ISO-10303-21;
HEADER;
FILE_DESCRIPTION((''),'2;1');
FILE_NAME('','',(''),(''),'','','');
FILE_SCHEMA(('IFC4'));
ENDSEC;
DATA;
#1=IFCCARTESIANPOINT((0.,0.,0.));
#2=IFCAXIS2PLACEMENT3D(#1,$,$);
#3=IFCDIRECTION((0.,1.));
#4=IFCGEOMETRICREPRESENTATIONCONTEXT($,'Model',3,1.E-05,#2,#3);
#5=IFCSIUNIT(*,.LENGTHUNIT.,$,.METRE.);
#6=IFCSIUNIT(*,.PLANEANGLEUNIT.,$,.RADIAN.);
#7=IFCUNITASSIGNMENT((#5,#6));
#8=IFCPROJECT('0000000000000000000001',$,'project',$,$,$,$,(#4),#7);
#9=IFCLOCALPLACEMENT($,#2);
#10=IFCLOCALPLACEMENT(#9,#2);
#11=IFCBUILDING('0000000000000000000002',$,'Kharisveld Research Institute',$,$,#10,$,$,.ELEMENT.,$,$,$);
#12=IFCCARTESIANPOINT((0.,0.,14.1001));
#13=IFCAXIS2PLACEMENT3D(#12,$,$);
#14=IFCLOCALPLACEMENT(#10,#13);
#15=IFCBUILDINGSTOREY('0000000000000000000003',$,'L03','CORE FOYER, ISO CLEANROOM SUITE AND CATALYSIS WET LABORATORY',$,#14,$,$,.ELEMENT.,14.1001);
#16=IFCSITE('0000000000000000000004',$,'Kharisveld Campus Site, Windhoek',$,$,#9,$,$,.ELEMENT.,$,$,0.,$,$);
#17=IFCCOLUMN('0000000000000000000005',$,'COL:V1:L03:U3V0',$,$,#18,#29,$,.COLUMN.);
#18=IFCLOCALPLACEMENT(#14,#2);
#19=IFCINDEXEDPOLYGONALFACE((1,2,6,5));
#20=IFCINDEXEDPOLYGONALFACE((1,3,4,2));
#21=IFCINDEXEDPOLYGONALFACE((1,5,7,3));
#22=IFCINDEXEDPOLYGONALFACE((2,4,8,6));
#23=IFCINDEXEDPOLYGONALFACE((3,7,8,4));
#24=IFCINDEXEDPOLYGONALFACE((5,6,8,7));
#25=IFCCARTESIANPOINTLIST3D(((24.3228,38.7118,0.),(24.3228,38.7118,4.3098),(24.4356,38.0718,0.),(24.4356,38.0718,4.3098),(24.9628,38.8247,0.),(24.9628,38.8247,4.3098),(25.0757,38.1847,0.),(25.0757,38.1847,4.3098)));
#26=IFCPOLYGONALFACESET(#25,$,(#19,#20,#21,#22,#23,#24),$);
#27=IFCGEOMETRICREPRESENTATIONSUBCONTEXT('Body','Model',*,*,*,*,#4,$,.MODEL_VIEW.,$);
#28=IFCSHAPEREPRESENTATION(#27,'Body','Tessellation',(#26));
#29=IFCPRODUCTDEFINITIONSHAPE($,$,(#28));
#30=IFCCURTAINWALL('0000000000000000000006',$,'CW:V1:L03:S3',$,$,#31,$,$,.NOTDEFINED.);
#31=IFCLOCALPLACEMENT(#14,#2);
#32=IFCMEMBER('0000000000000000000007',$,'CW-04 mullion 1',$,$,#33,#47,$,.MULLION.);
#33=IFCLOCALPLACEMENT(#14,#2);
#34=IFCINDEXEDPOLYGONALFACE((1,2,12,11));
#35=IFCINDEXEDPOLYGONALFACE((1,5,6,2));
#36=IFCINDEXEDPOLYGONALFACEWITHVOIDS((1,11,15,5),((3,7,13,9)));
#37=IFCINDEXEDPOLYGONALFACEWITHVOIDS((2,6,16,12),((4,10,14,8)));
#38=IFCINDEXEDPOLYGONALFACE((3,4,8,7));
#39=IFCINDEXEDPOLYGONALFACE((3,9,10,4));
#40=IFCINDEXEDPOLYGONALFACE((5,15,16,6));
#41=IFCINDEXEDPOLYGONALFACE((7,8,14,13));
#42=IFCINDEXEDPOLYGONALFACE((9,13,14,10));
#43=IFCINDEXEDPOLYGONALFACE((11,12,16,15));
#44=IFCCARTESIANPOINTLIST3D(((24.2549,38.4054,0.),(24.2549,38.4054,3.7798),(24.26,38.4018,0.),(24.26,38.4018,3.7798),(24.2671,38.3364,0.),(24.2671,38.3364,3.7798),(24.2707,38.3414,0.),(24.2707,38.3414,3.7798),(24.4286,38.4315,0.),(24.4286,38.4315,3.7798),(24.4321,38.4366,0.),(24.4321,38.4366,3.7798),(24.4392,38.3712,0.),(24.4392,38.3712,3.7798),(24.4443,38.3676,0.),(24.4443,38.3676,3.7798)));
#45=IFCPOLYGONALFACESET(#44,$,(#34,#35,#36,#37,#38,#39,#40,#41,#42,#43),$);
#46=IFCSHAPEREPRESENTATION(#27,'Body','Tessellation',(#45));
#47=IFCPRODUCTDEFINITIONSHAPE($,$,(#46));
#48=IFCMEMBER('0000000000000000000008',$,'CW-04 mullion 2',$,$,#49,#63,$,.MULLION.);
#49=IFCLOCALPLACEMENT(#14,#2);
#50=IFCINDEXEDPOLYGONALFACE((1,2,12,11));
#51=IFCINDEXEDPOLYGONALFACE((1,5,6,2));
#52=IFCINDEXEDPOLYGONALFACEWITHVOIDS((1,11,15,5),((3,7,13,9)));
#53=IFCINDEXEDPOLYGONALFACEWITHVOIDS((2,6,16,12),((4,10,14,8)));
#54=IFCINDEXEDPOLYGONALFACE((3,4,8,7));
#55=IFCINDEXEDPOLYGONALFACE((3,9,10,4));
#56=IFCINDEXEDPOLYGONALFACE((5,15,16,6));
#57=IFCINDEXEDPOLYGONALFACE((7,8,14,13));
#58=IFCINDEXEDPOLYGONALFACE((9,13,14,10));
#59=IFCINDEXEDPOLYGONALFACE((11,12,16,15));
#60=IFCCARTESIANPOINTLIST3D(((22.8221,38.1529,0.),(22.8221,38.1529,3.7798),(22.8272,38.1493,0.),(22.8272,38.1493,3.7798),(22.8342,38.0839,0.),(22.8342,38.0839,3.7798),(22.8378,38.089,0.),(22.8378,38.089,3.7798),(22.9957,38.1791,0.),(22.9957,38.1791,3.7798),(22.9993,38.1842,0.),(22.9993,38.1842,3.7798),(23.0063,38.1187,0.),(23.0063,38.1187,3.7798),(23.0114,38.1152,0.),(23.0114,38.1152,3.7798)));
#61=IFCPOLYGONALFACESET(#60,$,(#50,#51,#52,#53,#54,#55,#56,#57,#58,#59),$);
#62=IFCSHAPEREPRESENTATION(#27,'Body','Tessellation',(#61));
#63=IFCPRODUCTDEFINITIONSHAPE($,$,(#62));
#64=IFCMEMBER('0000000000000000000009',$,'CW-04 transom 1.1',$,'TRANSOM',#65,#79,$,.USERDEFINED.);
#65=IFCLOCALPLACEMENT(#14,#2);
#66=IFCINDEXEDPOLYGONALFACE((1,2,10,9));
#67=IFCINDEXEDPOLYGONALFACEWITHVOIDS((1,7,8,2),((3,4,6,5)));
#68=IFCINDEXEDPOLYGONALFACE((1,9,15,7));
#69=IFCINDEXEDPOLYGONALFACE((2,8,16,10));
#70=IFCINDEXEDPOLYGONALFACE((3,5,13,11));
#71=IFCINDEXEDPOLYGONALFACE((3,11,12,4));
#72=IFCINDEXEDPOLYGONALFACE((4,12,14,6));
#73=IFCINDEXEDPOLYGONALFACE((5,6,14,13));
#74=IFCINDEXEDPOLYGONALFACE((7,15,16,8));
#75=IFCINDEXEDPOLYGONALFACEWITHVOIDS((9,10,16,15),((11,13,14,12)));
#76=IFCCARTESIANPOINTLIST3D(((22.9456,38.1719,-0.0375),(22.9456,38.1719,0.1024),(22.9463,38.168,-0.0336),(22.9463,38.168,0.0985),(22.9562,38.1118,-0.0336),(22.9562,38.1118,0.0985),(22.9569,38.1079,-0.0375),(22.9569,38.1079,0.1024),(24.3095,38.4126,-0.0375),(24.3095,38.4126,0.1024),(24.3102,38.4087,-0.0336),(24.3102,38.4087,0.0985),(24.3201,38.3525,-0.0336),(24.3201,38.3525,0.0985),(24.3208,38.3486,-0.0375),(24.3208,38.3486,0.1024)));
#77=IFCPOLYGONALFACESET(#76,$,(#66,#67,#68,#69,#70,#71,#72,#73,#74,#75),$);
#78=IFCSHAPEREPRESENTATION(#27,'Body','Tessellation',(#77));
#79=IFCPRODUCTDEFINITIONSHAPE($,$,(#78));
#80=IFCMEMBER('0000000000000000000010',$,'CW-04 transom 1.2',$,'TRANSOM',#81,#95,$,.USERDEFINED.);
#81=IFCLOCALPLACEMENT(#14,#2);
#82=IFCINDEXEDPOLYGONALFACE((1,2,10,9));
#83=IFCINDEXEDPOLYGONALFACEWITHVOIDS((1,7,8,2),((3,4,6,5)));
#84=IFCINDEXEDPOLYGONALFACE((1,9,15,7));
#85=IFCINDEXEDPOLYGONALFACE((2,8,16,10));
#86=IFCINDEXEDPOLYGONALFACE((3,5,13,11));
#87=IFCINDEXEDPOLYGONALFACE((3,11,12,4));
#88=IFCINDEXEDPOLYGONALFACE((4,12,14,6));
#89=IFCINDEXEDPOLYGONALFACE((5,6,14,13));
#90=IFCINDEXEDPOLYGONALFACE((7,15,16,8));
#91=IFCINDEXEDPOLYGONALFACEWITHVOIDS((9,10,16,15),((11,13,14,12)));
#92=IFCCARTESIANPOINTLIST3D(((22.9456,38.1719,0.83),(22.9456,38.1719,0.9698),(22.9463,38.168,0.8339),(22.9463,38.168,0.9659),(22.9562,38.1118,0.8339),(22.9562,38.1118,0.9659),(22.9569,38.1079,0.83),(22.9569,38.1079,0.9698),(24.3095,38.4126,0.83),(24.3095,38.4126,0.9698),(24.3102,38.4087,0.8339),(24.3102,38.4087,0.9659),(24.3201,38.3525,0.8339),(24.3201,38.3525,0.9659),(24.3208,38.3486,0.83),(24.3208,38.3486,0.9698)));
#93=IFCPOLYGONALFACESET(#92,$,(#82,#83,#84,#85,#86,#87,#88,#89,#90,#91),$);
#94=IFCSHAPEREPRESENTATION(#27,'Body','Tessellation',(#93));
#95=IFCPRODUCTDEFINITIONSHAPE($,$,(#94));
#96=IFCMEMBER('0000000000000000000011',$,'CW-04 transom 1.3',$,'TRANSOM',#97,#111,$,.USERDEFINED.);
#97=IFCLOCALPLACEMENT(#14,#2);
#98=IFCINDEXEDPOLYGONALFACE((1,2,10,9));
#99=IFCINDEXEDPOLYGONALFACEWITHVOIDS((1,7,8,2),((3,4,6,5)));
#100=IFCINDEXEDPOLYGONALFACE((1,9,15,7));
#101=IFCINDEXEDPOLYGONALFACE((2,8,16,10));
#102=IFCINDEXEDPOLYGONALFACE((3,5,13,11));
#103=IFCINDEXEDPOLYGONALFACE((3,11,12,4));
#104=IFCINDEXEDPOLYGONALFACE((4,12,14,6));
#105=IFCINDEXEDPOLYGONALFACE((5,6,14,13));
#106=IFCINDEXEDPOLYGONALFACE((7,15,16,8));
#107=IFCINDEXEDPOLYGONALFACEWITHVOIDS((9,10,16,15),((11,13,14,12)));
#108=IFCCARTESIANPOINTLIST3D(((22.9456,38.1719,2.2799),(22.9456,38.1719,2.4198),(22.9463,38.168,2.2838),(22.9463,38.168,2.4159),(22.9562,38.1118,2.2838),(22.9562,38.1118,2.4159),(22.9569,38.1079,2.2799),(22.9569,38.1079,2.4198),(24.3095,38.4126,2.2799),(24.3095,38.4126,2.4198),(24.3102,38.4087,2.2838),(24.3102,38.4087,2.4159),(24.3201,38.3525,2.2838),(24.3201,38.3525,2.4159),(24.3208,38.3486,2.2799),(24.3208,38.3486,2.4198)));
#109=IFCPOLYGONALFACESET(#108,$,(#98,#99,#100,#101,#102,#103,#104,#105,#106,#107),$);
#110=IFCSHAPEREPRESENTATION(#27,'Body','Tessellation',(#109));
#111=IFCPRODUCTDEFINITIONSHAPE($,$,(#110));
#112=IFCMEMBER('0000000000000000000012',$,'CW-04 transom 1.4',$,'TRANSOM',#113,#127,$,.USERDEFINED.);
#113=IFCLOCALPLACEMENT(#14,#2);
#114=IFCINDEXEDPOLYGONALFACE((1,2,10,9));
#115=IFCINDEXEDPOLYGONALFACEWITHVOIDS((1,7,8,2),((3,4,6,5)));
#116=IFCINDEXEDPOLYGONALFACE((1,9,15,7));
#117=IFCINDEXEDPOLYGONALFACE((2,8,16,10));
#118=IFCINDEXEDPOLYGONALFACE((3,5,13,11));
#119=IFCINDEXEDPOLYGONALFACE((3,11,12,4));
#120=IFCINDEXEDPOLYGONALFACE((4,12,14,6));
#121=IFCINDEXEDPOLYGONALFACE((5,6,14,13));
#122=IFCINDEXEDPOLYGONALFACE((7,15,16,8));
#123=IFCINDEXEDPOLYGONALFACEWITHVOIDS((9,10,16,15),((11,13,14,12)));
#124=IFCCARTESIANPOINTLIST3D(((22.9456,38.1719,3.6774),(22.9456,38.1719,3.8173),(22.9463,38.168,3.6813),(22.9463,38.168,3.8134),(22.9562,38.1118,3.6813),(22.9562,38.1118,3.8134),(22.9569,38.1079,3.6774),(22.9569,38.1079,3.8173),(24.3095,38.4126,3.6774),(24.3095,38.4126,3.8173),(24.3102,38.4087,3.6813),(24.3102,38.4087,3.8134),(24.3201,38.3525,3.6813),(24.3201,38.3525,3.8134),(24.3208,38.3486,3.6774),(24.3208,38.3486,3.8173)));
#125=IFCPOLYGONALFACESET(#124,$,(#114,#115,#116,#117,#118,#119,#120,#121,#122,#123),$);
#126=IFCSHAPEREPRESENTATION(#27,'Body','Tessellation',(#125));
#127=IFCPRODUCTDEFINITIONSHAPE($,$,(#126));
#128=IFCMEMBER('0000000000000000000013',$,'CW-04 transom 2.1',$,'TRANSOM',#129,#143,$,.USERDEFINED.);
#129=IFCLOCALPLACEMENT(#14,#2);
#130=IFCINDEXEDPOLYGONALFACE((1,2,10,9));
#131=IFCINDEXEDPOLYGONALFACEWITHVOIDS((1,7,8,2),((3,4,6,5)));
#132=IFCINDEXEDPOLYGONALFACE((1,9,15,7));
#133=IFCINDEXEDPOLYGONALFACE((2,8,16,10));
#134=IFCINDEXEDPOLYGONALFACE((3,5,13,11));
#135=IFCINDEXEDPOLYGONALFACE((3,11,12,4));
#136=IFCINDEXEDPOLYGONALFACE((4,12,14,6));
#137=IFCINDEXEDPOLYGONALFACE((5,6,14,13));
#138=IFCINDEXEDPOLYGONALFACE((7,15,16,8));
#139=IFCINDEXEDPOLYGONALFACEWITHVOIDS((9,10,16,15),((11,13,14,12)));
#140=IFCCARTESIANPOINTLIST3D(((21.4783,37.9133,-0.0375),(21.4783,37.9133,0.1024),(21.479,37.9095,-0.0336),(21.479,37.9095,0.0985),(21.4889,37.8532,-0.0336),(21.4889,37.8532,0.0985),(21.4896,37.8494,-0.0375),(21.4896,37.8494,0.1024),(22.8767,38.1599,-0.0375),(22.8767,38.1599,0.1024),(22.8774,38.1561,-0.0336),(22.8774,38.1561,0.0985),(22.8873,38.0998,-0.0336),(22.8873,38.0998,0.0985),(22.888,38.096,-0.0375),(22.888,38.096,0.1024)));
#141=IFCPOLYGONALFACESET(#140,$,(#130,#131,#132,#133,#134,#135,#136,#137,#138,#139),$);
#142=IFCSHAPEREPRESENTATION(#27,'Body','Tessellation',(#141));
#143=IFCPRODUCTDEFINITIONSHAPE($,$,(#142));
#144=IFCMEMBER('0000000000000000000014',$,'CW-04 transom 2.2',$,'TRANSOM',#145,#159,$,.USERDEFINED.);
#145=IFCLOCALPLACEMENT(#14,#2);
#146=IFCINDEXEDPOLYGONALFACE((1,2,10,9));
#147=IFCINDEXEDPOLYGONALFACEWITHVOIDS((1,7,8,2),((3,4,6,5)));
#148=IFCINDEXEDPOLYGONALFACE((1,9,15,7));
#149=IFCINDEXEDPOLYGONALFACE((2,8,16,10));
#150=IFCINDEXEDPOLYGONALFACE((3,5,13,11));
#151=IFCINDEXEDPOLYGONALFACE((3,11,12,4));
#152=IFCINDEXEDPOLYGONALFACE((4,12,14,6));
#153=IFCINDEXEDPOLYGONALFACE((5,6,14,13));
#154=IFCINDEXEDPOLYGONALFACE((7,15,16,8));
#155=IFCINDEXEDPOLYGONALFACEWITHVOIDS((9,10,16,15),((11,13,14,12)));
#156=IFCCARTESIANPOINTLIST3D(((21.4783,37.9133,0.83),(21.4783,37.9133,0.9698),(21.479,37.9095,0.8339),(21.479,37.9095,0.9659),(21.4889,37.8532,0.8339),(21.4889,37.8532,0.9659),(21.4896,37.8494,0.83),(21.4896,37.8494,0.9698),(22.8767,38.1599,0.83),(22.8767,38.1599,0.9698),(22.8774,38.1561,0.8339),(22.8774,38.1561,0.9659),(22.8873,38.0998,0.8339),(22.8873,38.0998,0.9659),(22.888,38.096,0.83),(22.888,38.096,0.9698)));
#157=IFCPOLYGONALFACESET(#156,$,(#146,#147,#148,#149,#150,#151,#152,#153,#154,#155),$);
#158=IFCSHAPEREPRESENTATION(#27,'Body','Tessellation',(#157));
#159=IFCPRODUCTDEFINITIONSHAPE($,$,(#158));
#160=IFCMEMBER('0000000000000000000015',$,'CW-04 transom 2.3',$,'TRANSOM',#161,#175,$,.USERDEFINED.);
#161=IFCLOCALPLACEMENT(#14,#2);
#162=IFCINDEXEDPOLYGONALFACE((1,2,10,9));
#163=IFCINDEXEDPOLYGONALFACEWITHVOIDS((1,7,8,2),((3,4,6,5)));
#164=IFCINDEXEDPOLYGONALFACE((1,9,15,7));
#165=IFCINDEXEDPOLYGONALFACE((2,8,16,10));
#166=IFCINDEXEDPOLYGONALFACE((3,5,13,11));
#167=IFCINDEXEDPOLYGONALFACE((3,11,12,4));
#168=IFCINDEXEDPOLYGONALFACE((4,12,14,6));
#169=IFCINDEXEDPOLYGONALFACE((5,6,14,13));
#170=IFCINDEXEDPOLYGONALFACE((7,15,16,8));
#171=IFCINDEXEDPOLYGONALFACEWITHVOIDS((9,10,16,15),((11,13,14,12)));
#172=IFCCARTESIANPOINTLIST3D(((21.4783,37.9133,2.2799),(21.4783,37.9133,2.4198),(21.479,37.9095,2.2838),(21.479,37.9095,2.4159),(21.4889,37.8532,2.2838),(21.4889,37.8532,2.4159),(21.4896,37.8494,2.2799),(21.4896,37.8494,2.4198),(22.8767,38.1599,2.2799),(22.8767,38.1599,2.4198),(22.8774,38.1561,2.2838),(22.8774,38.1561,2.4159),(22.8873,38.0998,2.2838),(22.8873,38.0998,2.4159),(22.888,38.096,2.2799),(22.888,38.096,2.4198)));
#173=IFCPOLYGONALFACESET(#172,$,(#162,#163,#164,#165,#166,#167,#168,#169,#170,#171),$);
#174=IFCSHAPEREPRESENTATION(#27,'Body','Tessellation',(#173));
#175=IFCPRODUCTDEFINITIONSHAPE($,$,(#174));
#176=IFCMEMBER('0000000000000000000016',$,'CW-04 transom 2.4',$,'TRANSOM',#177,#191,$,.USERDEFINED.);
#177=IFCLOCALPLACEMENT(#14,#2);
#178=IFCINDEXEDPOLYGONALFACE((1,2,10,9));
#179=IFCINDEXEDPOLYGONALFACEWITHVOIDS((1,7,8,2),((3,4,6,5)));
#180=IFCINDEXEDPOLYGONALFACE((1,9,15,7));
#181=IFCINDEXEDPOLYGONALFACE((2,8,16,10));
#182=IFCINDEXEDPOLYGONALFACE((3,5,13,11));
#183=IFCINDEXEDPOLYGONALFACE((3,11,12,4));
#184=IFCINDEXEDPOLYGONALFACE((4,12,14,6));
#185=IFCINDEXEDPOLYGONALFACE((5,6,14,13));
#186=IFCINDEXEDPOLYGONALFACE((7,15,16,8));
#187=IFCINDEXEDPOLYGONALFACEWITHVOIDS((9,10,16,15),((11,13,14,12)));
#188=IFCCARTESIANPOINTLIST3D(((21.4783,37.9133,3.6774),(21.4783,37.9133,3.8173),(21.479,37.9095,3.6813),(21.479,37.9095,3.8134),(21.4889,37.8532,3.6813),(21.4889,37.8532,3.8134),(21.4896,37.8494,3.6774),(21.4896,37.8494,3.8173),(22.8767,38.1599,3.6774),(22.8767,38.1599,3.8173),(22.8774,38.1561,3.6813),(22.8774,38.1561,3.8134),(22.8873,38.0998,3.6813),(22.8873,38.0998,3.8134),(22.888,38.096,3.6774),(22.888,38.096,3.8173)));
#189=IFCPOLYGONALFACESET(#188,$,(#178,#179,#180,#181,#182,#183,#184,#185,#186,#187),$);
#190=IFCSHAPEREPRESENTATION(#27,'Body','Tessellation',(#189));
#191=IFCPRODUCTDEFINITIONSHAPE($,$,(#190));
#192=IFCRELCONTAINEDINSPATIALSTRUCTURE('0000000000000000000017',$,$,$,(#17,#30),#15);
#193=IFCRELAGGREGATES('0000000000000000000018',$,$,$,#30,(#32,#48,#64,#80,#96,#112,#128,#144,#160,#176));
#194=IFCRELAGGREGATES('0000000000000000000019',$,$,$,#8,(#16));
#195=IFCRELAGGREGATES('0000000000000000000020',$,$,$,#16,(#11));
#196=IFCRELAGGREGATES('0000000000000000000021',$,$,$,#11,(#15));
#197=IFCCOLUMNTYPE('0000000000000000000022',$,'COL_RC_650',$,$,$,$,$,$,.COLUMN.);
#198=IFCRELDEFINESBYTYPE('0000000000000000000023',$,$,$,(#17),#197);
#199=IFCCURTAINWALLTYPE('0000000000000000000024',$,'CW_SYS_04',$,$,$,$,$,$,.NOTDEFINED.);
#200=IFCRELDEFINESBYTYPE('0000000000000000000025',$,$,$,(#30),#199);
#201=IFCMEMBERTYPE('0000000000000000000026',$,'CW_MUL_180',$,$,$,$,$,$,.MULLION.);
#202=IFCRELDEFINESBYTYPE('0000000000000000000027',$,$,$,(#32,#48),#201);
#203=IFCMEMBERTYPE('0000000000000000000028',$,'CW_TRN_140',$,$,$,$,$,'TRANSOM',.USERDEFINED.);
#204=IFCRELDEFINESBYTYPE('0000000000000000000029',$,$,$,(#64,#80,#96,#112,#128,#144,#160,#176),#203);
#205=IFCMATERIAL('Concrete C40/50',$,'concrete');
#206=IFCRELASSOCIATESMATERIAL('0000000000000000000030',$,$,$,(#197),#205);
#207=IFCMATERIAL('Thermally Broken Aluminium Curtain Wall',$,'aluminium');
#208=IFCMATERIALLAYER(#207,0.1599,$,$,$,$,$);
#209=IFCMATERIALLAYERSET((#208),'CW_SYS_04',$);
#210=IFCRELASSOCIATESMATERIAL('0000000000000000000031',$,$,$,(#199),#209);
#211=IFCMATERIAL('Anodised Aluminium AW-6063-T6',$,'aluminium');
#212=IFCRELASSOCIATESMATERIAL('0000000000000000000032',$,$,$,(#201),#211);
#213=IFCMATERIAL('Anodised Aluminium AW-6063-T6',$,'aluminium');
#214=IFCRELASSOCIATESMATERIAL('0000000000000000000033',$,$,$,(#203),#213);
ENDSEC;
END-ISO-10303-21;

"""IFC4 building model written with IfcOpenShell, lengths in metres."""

from ifc_helpers import new_model, si_unit, direction, frame, origin, origin_2d, place, context, subcontext, project, spatial, rectangle, hollow_rectangle, extrude, material, layer, layer_set, material_profile, profile_set, type_object, element, aggregate, save


model = new_model("IFC4")

# Units and contexts
model_context = context("Model", 3, precision=1e-05, world=origin(), true_north=direction((0.0, 1.0)))
body_context = subcontext(model_context, "Body", "Model", "MODEL_VIEW")
ifc_project = project(units=[si_unit("LENGTHUNIT", "METRE"), si_unit("PLANEANGLEUNIT", "RADIAN")], contexts=[model_context])

# Site, building, storey
site_placement = place(None, origin())
site = spatial("IfcSite", under=ifc_project, at=site_placement, Name="Kharisveld Campus Site, Windhoek", CompositionType="ELEMENT", RefElevation=0.0)
building_placement = place(site_placement, origin())
building = spatial("IfcBuilding", under=site, at=building_placement, Name="Kharisveld Research Institute", CompositionType="ELEMENT")
storey_placement = place(building_placement, frame((0.0, 0.0, 14.1001)))
storey = spatial("IfcBuildingStorey", under=building, at=storey_placement, Name="L03", Description="CORE FOYER, ISO CLEANROOM SUITE AND CATALYSIS WET LABORATORY", CompositionType="ELEMENT", Elevation=14.1001)

# Column
ifc_material_1 = material(Name="Concrete C40/50", Category="concrete")
ifc_material_profile_1 = material_profile(ifc_material_1, rectangle(XDim=0.6499, YDim=0.6499, at=origin_2d()))
ifc_profile_set_1 = profile_set([ifc_material_profile_1], Name="Concrete C40/50")
column_type = type_object("IfcColumnType", Name="COL_RC_650", PredefinedType="COLUMN", material=ifc_profile_set_1)
column_placement = place(storey_placement, frame((24.6992, 38.4482, 0.0), z_axis=(0.0, 0.0, 1.0), x_axis=(0.984808, 0.173648, 0.0)))
element("IfcColumn", 1, at=column_placement, inside=storey, type_object=column_type, Name="COL:V1:L03:U3V0", PredefinedType="COLUMN", context=body_context, shape_type="SweptSolid", body=[
    extrude(rectangle(XDim=0.6499, YDim=0.6499, at=origin_2d()), origin(), (0.0, 0.0, 1.0), 4.3098),
])

# Curtain wall, members
ifc_material_2 = material(Name="Thermally Broken Aluminium Curtain Wall", Category="aluminium")
ifc_layer_1 = layer(ifc_material_2, 0.1599)
ifc_layer_set_1 = layer_set([ifc_layer_1], Name="CW_SYS_04")
curtain_wall_type = type_object("IfcCurtainWallType", Name="CW_SYS_04", PredefinedType="NOTDEFINED", material=ifc_layer_set_1)
curtain_wall_placement = place(storey_placement, origin())
curtain_wall = element("IfcCurtainWall", 2, at=curtain_wall_placement, inside=storey, type_object=curtain_wall_type, Name="CW:V1:L03:S3", PredefinedType="NOTDEFINED")
ifc_material_3 = material(Name="Anodised Aluminium AW-6063-T6", Category="aluminium")
ifc_material_profile_2 = material_profile(ifc_material_3, hollow_rectangle(XDim=0.0701, YDim=0.1799, WallThickness=0.0044, at=origin_2d()))
ifc_profile_set_2 = profile_set([ifc_material_profile_2], Name="Anodised Aluminium AW-6063-T6")
member_type_1 = type_object("IfcMemberType", Name="CW_MUL_180", PredefinedType="MULLION", material=ifc_profile_set_2)
member_1_placement = place(storey_placement, frame((24.3496, 38.3865, 0.0), z_axis=(0.0, 0.0, 1.0), x_axis=(0.173648, -0.984808, 0.0)))
member_1 = element("IfcMember", 3, at=member_1_placement, type_object=member_type_1, Name="CW-04 mullion 1", PredefinedType="MULLION", context=body_context, shape_type="SweptSolid", body=[
    extrude(hollow_rectangle(XDim=0.0701, YDim=0.1799, WallThickness=0.0044, at=origin_2d()), origin(), (0.0, 0.0, 1.0), 3.7798),
])
member_2_placement = place(storey_placement, frame((22.9167, 38.134, 0.0), z_axis=(0.0, 0.0, 1.0), x_axis=(0.173648, -0.984808, 0.0)))
member_2 = element("IfcMember", 4, at=member_2_placement, type_object=member_type_1, Name="CW-04 mullion 2", PredefinedType="MULLION", context=body_context, shape_type="SweptSolid", body=[
    extrude(hollow_rectangle(XDim=0.0701, YDim=0.1799, WallThickness=0.0044, at=origin_2d()), origin(), (0.0, 0.0, 1.0), 3.7798),
])
ifc_material_4 = material(Name="Anodised Aluminium AW-6063-T6", Category="aluminium")
ifc_material_profile_3 = material_profile(ifc_material_4, hollow_rectangle(XDim=0.0649, YDim=0.1399, WallThickness=0.0039, at=origin_2d()))
ifc_profile_set_3 = profile_set([ifc_material_profile_3], Name="Anodised Aluminium AW-6063-T6")
member_type_2 = type_object("IfcMemberType", Name="CW_TRN_140", ElementType="TRANSOM", PredefinedType="USERDEFINED", material=ifc_profile_set_3)
member_3_placement = place(storey_placement, frame((24.3152, 38.3806, 0.0325), z_axis=(-0.984782, -0.173795, 0.0), x_axis=(0.173795, -0.984782, 0.0)))
member_3 = element("IfcMember", 5, at=member_3_placement, type_object=member_type_2, Name="CW-04 transom 1.1", ObjectType="TRANSOM", PredefinedType="USERDEFINED", context=body_context, shape_type="SweptSolid", body=[
    extrude(hollow_rectangle(XDim=0.0649, YDim=0.1399, WallThickness=0.0039, at=origin_2d()), origin(), (0.0, 0.0, 1.0), 1.385),
])
member_4_placement = place(storey_placement, frame((24.3152, 38.3806, 0.8999), z_axis=(-0.984782, -0.173795, 0.0), x_axis=(0.173795, -0.984782, 0.0)))
member_4 = element("IfcMember", 6, at=member_4_placement, type_object=member_type_2, Name="CW-04 transom 1.2", ObjectType="TRANSOM", PredefinedType="USERDEFINED", context=body_context, shape_type="SweptSolid", body=[
    extrude(hollow_rectangle(XDim=0.0649, YDim=0.1399, WallThickness=0.0039, at=origin_2d()), origin(), (0.0, 0.0, 1.0), 1.385),
])
member_5_placement = place(storey_placement, frame((24.3152, 38.3806, 2.3499), z_axis=(-0.984782, -0.173795, 0.0), x_axis=(0.173795, -0.984782, 0.0)))
member_5 = element("IfcMember", 7, at=member_5_placement, type_object=member_type_2, Name="CW-04 transom 1.3", ObjectType="TRANSOM", PredefinedType="USERDEFINED", context=body_context, shape_type="SweptSolid", body=[
    extrude(hollow_rectangle(XDim=0.0649, YDim=0.1399, WallThickness=0.0039, at=origin_2d()), origin(), (0.0, 0.0, 1.0), 1.385),
])
member_6_placement = place(storey_placement, frame((24.3152, 38.3806, 3.7473), z_axis=(-0.984782, -0.173795, 0.0), x_axis=(0.173795, -0.984782, 0.0)))
member_6 = element("IfcMember", 8, at=member_6_placement, type_object=member_type_2, Name="CW-04 transom 1.4", ObjectType="TRANSOM", PredefinedType="USERDEFINED", context=body_context, shape_type="SweptSolid", body=[
    extrude(hollow_rectangle(XDim=0.0649, YDim=0.1399, WallThickness=0.0039, at=origin_2d()), origin(), (0.0, 0.0, 1.0), 1.385),
])
member_7_placement = place(storey_placement, frame((22.8823, 38.1279, 0.0325), z_axis=(-0.984808, -0.173648, 0.0), x_axis=(0.173648, -0.984808, 0.0)))
member_7 = element("IfcMember", 9, at=member_7_placement, type_object=member_type_2, Name="CW-04 transom 2.1", ObjectType="TRANSOM", PredefinedType="USERDEFINED", context=body_context, shape_type="SweptSolid", body=[
    extrude(hollow_rectangle(XDim=0.0649, YDim=0.1399, WallThickness=0.0039, at=origin_2d()), origin(), (0.0, 0.0, 1.0), 1.4199),
])
member_8_placement = place(storey_placement, frame((22.8823, 38.1279, 0.8999), z_axis=(-0.984808, -0.173648, 0.0), x_axis=(0.173648, -0.984808, 0.0)))
member_8 = element("IfcMember", 10, at=member_8_placement, type_object=member_type_2, Name="CW-04 transom 2.2", ObjectType="TRANSOM", PredefinedType="USERDEFINED", context=body_context, shape_type="SweptSolid", body=[
    extrude(hollow_rectangle(XDim=0.0649, YDim=0.1399, WallThickness=0.0039, at=origin_2d()), origin(), (0.0, 0.0, 1.0), 1.4199),
])
member_9_placement = place(storey_placement, frame((22.8823, 38.1279, 2.3499), z_axis=(-0.984808, -0.173648, 0.0), x_axis=(0.173648, -0.984808, 0.0)))
member_9 = element("IfcMember", 11, at=member_9_placement, type_object=member_type_2, Name="CW-04 transom 2.3", ObjectType="TRANSOM", PredefinedType="USERDEFINED", context=body_context, shape_type="SweptSolid", body=[
    extrude(hollow_rectangle(XDim=0.0649, YDim=0.1399, WallThickness=0.0039, at=origin_2d()), origin(), (0.0, 0.0, 1.0), 1.4199),
])
member_10_placement = place(storey_placement, frame((22.8823, 38.1279, 3.7473), z_axis=(-0.984808, -0.173648, 0.0), x_axis=(0.173648, -0.984808, 0.0)))
member_10 = element("IfcMember", 12, at=member_10_placement, type_object=member_type_2, Name="CW-04 transom 2.4", ObjectType="TRANSOM", PredefinedType="USERDEFINED", context=body_context, shape_type="SweptSolid", body=[
    extrude(hollow_rectangle(XDim=0.0649, YDim=0.1399, WallThickness=0.0039, at=origin_2d()), origin(), (0.0, 0.0, 1.0), 1.4199),
])

aggregate(curtain_wall, [member_1, member_2, member_3, member_4, member_5, member_6, member_7, member_8, member_9, member_10])

save(model, "model.ifc")
